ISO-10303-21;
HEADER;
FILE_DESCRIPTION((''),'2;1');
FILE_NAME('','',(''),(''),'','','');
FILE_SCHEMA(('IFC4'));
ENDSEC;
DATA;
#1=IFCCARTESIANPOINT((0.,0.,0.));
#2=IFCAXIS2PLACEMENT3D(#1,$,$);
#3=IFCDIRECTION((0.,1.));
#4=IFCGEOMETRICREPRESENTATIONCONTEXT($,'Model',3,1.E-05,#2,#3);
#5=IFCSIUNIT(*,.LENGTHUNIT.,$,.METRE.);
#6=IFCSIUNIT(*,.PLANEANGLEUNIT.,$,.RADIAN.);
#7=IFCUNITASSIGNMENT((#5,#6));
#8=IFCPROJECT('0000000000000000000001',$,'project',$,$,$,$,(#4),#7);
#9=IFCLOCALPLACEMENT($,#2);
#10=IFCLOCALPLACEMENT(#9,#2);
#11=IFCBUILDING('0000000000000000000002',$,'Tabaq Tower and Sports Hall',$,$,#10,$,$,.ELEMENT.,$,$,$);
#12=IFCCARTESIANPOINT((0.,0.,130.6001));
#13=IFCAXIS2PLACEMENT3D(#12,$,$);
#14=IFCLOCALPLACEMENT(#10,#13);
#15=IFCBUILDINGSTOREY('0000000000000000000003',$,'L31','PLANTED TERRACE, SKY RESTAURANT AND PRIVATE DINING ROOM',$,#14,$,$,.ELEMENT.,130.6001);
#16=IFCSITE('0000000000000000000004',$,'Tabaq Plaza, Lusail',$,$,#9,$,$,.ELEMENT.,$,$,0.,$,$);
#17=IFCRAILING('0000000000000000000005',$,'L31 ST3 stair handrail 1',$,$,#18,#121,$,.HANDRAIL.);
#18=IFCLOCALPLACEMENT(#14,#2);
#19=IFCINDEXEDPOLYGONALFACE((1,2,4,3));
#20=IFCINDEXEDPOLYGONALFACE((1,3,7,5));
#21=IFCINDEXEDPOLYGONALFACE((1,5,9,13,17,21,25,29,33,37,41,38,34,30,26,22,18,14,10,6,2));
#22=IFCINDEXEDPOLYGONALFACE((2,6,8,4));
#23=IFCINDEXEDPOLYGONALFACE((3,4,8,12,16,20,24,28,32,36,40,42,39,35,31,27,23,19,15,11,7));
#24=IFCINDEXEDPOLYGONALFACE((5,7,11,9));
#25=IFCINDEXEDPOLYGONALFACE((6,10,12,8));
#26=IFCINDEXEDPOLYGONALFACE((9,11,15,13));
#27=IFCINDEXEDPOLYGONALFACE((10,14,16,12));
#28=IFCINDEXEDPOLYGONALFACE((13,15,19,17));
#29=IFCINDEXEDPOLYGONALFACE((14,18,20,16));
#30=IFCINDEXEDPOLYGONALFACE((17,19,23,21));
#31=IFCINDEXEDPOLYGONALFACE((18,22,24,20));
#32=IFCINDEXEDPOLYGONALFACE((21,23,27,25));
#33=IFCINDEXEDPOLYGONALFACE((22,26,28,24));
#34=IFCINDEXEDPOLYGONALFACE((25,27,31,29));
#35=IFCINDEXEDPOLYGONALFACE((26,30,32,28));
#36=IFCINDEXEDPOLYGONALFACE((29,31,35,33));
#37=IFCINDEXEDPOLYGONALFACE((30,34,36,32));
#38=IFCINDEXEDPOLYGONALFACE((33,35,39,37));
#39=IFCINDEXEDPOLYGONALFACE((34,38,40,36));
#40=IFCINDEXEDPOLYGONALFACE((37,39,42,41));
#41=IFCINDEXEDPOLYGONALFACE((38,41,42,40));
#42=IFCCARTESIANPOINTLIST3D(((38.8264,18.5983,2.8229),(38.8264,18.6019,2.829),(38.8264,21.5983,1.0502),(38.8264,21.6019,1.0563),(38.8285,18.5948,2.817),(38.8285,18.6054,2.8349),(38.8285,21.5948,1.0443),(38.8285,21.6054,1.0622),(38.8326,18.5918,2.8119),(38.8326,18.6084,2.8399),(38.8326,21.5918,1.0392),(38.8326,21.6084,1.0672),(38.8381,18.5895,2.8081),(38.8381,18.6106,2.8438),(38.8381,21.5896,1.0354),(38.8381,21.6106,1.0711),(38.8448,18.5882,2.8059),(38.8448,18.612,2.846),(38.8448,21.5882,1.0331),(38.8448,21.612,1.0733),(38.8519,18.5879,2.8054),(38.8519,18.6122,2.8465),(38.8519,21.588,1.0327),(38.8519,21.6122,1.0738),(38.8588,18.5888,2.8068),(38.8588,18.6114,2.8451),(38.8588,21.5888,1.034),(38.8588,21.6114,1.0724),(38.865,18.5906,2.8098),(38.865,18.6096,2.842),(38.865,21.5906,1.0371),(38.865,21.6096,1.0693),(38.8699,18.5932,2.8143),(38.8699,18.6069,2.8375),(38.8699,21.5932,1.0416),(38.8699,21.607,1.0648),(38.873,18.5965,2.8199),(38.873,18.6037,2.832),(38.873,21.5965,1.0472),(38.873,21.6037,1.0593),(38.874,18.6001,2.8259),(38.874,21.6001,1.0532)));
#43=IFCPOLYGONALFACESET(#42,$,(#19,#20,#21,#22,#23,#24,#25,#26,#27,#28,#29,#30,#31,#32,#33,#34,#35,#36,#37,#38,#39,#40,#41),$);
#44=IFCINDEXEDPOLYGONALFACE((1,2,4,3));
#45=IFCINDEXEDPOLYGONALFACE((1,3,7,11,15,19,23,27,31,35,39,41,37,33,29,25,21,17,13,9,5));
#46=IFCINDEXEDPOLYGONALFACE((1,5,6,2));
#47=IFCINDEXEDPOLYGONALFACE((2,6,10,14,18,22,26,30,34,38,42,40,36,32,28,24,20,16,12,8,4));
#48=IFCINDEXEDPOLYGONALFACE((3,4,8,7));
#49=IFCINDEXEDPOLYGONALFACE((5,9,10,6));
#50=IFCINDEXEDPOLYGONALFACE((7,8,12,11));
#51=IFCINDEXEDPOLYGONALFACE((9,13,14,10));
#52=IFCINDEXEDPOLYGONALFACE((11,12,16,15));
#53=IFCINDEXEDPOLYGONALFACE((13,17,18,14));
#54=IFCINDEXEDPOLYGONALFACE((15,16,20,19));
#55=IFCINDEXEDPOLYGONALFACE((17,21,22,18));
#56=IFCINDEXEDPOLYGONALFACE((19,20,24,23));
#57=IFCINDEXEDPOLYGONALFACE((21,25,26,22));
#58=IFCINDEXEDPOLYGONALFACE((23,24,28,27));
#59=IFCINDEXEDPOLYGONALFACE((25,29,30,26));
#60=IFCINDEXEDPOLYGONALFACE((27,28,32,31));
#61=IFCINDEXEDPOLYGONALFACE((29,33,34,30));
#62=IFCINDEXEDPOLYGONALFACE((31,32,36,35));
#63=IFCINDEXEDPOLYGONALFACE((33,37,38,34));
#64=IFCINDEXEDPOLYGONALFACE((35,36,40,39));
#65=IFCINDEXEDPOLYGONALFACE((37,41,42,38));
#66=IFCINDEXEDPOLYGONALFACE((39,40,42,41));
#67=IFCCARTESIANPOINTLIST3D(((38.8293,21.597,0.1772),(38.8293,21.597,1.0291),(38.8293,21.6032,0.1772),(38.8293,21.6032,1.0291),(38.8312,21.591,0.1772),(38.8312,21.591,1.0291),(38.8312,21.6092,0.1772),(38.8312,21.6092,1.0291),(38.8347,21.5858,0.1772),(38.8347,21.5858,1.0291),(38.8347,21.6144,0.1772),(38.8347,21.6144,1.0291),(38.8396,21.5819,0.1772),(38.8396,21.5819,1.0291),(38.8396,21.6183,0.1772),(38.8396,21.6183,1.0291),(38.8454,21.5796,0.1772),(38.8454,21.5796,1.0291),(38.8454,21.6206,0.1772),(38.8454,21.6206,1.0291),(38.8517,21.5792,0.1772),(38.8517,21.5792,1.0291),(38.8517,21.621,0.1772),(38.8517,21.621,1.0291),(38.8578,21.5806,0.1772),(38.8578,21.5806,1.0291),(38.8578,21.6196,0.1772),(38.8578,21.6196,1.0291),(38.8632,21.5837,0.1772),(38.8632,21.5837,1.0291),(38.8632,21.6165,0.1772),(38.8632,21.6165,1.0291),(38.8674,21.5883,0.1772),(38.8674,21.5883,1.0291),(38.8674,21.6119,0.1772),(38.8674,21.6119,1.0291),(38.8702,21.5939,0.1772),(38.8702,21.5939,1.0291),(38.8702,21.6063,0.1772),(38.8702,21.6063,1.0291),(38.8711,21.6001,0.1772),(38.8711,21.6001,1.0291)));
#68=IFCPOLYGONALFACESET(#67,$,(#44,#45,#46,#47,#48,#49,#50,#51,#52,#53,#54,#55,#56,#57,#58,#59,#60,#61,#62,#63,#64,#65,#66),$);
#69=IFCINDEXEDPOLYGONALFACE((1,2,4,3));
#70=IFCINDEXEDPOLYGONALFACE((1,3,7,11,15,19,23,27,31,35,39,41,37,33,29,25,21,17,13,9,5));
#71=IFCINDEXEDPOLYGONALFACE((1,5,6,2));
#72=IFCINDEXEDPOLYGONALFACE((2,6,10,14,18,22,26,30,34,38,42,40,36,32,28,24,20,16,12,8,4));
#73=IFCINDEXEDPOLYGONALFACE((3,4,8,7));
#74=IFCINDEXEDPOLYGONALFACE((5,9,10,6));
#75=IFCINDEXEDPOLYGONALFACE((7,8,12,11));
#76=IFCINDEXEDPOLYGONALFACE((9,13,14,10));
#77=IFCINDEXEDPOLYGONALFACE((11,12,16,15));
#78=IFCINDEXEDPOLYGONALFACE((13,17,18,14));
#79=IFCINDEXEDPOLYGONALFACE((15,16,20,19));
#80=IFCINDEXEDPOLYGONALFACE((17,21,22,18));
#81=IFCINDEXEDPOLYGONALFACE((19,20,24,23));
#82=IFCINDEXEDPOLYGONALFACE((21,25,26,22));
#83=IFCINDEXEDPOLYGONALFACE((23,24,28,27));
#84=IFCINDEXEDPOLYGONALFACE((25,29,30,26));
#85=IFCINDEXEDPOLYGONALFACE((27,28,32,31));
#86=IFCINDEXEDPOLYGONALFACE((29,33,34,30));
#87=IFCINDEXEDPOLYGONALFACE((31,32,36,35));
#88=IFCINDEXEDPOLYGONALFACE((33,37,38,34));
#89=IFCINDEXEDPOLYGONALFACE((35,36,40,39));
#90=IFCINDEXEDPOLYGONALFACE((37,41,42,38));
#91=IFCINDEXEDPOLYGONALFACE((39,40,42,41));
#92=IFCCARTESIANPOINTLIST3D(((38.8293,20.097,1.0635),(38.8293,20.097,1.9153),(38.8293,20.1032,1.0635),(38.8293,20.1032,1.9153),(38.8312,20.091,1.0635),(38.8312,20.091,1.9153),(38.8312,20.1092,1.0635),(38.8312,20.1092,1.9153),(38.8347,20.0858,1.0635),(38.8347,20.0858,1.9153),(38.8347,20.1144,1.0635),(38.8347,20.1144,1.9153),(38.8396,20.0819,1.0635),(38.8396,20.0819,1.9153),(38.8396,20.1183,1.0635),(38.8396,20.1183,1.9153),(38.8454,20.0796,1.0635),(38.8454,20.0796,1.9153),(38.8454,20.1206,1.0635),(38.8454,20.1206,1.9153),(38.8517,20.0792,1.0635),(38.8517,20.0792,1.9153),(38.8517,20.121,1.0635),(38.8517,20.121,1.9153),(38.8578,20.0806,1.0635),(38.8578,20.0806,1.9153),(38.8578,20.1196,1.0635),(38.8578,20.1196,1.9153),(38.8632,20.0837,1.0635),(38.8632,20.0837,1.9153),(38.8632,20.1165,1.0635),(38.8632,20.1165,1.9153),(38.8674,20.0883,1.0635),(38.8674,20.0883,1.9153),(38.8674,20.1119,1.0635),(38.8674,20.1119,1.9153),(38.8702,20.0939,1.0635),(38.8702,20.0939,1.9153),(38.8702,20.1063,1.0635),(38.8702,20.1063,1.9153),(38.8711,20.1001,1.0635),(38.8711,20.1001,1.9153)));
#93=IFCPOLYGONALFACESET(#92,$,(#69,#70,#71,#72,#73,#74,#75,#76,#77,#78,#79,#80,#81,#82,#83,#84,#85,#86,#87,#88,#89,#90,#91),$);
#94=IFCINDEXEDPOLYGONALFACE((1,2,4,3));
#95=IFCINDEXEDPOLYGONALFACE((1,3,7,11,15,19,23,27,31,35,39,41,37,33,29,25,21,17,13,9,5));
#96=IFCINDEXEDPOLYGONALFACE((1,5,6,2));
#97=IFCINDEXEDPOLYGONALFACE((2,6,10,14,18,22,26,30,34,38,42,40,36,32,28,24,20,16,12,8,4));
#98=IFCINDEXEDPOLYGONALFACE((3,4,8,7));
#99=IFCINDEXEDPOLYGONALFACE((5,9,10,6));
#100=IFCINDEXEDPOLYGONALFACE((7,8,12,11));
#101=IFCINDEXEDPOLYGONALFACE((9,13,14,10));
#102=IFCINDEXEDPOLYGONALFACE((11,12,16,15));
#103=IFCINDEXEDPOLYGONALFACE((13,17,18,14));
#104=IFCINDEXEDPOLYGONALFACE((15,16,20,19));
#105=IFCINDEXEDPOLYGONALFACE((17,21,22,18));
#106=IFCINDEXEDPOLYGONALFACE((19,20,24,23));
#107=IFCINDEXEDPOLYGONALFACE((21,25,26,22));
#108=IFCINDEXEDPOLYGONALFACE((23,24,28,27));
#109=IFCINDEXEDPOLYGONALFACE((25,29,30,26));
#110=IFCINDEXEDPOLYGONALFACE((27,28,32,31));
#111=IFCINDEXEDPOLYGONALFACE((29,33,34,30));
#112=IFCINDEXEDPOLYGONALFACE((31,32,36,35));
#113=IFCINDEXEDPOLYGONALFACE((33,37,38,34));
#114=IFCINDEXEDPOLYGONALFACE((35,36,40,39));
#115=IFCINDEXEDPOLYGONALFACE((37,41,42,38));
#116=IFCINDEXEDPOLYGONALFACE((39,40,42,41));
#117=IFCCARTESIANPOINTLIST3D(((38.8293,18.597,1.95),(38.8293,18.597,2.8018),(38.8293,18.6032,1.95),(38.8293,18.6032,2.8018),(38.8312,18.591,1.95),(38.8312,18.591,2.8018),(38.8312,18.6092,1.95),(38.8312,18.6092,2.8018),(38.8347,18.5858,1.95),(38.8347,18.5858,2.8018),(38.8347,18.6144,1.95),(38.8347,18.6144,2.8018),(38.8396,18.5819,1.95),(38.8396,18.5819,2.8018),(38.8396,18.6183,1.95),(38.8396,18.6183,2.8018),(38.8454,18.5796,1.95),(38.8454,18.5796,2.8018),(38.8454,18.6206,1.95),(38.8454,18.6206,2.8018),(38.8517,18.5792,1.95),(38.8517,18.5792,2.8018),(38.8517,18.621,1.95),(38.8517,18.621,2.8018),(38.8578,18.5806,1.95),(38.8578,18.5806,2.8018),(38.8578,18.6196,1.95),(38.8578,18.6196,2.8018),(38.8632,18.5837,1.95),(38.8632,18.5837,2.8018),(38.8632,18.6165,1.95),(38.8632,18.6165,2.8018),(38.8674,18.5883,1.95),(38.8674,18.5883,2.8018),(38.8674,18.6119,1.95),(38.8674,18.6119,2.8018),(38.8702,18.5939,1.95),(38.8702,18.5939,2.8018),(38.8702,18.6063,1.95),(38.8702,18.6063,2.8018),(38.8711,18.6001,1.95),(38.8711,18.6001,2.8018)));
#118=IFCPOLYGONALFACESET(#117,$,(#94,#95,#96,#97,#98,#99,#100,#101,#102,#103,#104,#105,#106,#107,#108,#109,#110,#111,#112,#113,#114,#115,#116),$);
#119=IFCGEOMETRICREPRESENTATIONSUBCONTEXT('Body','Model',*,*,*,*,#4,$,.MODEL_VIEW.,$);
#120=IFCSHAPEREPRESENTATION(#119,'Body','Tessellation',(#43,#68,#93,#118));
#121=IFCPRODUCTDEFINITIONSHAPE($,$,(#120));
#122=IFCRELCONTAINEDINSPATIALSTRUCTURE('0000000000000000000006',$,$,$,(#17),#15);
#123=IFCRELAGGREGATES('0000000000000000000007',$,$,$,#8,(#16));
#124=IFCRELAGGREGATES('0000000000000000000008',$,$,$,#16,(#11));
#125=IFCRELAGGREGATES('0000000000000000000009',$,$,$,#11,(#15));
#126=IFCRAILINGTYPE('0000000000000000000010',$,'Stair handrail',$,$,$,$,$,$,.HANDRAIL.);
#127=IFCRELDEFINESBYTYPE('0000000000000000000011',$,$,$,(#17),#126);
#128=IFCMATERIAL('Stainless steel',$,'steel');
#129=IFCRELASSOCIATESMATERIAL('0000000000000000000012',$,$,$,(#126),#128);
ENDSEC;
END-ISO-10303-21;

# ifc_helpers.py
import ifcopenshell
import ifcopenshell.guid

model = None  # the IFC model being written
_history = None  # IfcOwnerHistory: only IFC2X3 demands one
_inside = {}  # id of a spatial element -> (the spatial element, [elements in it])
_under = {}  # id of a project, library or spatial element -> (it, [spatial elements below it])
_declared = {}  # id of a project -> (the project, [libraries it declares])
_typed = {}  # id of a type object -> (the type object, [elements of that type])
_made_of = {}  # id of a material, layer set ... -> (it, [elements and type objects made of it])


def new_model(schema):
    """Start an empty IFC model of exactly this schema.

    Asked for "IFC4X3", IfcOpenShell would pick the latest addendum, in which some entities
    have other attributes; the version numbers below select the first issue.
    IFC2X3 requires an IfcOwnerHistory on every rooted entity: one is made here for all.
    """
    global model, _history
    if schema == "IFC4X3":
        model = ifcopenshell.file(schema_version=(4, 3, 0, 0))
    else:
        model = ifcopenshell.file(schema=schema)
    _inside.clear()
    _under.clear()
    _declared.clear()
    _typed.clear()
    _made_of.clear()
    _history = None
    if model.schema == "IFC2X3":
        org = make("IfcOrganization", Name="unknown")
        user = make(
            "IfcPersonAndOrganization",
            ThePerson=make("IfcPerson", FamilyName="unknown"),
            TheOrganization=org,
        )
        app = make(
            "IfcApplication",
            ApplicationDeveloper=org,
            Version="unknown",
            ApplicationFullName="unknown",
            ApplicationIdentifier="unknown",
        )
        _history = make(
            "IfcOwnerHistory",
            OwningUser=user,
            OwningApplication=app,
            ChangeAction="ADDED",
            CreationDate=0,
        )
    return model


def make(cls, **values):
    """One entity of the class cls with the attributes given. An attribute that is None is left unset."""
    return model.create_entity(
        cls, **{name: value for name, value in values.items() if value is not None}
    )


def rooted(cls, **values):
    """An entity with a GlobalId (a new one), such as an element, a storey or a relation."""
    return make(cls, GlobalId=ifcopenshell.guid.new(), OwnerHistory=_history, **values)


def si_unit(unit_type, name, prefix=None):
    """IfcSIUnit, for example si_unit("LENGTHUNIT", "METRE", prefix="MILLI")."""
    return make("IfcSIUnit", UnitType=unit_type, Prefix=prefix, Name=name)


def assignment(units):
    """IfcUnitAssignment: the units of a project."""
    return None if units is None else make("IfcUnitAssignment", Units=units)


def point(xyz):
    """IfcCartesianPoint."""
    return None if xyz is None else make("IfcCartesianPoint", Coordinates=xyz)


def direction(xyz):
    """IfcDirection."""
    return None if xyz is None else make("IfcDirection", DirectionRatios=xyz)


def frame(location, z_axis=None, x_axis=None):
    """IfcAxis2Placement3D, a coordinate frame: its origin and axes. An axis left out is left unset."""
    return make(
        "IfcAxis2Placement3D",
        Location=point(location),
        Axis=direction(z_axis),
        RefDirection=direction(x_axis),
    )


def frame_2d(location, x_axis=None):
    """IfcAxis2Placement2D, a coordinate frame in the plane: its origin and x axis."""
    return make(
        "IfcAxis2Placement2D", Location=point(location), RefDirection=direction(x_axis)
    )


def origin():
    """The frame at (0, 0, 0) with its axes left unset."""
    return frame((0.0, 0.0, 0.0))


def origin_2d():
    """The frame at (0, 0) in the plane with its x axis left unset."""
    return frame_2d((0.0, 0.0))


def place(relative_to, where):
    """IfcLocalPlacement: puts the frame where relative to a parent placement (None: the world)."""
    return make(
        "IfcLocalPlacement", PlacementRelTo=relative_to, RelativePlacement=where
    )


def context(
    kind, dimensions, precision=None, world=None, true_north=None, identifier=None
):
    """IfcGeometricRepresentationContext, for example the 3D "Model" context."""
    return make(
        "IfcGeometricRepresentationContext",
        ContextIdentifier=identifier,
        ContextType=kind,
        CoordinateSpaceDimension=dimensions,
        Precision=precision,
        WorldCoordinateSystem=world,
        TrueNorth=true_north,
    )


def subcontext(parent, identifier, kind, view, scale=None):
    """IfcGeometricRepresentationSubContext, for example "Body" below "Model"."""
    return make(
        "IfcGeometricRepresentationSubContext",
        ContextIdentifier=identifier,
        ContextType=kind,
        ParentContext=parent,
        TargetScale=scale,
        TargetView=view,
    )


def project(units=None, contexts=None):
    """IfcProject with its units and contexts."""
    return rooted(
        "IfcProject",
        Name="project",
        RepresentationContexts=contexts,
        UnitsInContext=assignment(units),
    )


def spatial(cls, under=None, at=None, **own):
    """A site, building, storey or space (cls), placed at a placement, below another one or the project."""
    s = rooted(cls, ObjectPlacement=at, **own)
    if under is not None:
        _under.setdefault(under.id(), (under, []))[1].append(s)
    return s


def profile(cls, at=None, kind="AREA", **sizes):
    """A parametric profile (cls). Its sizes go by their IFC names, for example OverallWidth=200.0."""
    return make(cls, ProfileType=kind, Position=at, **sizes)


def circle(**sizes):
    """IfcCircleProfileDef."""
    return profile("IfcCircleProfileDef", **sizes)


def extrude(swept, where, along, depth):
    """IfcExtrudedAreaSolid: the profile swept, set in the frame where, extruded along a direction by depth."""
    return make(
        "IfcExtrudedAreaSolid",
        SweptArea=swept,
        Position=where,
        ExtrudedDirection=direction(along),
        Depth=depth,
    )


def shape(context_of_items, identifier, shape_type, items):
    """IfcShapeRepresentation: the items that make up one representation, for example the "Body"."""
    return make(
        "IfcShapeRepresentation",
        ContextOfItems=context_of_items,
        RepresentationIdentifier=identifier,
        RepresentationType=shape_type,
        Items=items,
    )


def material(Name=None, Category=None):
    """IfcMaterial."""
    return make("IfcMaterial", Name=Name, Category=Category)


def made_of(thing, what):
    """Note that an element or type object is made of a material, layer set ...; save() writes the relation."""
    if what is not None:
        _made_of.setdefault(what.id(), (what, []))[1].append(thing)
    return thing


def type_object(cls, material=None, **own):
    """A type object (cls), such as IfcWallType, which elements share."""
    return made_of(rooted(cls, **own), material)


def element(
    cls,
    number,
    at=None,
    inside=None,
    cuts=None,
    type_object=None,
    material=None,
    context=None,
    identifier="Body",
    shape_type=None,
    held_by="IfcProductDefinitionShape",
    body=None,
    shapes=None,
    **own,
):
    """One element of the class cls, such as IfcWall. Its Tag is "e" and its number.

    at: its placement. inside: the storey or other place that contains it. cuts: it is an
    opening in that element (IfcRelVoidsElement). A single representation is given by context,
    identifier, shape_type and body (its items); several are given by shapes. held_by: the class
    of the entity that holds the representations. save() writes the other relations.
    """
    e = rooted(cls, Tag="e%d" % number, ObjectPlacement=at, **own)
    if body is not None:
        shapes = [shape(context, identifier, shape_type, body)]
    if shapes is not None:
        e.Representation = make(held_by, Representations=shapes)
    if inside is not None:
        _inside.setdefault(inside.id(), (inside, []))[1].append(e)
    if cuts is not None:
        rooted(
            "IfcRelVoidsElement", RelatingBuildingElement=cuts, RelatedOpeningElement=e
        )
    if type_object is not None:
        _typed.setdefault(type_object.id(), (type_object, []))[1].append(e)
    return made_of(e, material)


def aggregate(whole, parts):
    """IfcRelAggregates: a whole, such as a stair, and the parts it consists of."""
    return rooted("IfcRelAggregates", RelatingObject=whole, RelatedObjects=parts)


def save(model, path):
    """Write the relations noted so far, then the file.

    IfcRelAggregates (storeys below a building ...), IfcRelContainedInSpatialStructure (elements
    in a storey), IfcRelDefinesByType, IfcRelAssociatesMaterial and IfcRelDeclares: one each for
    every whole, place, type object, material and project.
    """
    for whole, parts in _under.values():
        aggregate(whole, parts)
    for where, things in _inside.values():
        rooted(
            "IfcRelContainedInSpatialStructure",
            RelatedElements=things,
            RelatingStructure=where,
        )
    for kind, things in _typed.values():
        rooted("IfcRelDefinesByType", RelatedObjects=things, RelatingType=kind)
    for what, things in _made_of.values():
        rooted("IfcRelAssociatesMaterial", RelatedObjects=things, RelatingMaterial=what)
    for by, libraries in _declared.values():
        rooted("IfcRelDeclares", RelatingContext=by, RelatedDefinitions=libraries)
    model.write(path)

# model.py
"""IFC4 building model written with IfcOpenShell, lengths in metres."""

from ifc_helpers import new_model, si_unit, direction, frame, origin, origin_2d, place, context, subcontext, project, spatial, circle, extrude, material, type_object, element, save


model = new_model("IFC4")

# Units and contexts
model_context = context("Model", 3, precision=1e-05, world=origin(), true_north=direction((0.0, 1.0)))
body_context = subcontext(model_context, "Body", "Model", "MODEL_VIEW")
ifc_project = project(units=[si_unit("LENGTHUNIT", "METRE"), si_unit("PLANEANGLEUNIT", "RADIAN")], contexts=[model_context])

# Site, building, storey
site_placement = place(None, origin())
site = spatial("IfcSite", under=ifc_project, at=site_placement, Name="Tabaq Plaza, Lusail", CompositionType="ELEMENT", RefElevation=0.0)
building_placement = place(site_placement, origin())
building = spatial("IfcBuilding", under=site, at=building_placement, Name="Tabaq Tower and Sports Hall", CompositionType="ELEMENT")
storey_placement = place(building_placement, frame((0.0, 0.0, 130.6001)))
storey = spatial("IfcBuildingStorey", under=building, at=storey_placement, Name="L31", Description="PLANTED TERRACE, SKY RESTAURANT AND PRIVATE DINING ROOM", CompositionType="ELEMENT", Elevation=130.6001)

# Railing
ifc_material_1 = material(Name="Stainless steel", Category="steel")
railing_type_1 = type_object("IfcRailingType", Name="Stair handrail", PredefinedType="HANDRAIL", material=ifc_material_1)
railing_1_placement = place(storey_placement, frame((38.8501, 21.6001, 0.1772)))
element("IfcRailing", 1, at=railing_1_placement, inside=storey, type_object=railing_type_1, Name="L31 ST3 stair handrail 1", PredefinedType="HANDRAIL", context=body_context, shape_type="SweptSolid", body=[
    extrude(circle(Radius=0.0239, at=origin_2d()), frame((0.0, 0.0, 0.876), z_axis=(0.0, -0.860929, 0.508725), x_axis=(1.0, 0.0, 0.0)), (0.0, 0.0, 1.0), 3.4846),
    extrude(circle(Radius=0.021, at=origin_2d()), origin(), (0.0, 0.0, 1.0), 0.8518),
    extrude(circle(Radius=0.021, at=origin_2d()), frame((0.0, -1.5, 0.8862)), (0.0, 0.0, 1.0), 0.8518),
    extrude(circle(Radius=0.021, at=origin_2d()), frame((0.0, -3.0, 1.7727)), (0.0, 0.0, 1.0), 0.8518),
])

save(model, "model.ifc")
